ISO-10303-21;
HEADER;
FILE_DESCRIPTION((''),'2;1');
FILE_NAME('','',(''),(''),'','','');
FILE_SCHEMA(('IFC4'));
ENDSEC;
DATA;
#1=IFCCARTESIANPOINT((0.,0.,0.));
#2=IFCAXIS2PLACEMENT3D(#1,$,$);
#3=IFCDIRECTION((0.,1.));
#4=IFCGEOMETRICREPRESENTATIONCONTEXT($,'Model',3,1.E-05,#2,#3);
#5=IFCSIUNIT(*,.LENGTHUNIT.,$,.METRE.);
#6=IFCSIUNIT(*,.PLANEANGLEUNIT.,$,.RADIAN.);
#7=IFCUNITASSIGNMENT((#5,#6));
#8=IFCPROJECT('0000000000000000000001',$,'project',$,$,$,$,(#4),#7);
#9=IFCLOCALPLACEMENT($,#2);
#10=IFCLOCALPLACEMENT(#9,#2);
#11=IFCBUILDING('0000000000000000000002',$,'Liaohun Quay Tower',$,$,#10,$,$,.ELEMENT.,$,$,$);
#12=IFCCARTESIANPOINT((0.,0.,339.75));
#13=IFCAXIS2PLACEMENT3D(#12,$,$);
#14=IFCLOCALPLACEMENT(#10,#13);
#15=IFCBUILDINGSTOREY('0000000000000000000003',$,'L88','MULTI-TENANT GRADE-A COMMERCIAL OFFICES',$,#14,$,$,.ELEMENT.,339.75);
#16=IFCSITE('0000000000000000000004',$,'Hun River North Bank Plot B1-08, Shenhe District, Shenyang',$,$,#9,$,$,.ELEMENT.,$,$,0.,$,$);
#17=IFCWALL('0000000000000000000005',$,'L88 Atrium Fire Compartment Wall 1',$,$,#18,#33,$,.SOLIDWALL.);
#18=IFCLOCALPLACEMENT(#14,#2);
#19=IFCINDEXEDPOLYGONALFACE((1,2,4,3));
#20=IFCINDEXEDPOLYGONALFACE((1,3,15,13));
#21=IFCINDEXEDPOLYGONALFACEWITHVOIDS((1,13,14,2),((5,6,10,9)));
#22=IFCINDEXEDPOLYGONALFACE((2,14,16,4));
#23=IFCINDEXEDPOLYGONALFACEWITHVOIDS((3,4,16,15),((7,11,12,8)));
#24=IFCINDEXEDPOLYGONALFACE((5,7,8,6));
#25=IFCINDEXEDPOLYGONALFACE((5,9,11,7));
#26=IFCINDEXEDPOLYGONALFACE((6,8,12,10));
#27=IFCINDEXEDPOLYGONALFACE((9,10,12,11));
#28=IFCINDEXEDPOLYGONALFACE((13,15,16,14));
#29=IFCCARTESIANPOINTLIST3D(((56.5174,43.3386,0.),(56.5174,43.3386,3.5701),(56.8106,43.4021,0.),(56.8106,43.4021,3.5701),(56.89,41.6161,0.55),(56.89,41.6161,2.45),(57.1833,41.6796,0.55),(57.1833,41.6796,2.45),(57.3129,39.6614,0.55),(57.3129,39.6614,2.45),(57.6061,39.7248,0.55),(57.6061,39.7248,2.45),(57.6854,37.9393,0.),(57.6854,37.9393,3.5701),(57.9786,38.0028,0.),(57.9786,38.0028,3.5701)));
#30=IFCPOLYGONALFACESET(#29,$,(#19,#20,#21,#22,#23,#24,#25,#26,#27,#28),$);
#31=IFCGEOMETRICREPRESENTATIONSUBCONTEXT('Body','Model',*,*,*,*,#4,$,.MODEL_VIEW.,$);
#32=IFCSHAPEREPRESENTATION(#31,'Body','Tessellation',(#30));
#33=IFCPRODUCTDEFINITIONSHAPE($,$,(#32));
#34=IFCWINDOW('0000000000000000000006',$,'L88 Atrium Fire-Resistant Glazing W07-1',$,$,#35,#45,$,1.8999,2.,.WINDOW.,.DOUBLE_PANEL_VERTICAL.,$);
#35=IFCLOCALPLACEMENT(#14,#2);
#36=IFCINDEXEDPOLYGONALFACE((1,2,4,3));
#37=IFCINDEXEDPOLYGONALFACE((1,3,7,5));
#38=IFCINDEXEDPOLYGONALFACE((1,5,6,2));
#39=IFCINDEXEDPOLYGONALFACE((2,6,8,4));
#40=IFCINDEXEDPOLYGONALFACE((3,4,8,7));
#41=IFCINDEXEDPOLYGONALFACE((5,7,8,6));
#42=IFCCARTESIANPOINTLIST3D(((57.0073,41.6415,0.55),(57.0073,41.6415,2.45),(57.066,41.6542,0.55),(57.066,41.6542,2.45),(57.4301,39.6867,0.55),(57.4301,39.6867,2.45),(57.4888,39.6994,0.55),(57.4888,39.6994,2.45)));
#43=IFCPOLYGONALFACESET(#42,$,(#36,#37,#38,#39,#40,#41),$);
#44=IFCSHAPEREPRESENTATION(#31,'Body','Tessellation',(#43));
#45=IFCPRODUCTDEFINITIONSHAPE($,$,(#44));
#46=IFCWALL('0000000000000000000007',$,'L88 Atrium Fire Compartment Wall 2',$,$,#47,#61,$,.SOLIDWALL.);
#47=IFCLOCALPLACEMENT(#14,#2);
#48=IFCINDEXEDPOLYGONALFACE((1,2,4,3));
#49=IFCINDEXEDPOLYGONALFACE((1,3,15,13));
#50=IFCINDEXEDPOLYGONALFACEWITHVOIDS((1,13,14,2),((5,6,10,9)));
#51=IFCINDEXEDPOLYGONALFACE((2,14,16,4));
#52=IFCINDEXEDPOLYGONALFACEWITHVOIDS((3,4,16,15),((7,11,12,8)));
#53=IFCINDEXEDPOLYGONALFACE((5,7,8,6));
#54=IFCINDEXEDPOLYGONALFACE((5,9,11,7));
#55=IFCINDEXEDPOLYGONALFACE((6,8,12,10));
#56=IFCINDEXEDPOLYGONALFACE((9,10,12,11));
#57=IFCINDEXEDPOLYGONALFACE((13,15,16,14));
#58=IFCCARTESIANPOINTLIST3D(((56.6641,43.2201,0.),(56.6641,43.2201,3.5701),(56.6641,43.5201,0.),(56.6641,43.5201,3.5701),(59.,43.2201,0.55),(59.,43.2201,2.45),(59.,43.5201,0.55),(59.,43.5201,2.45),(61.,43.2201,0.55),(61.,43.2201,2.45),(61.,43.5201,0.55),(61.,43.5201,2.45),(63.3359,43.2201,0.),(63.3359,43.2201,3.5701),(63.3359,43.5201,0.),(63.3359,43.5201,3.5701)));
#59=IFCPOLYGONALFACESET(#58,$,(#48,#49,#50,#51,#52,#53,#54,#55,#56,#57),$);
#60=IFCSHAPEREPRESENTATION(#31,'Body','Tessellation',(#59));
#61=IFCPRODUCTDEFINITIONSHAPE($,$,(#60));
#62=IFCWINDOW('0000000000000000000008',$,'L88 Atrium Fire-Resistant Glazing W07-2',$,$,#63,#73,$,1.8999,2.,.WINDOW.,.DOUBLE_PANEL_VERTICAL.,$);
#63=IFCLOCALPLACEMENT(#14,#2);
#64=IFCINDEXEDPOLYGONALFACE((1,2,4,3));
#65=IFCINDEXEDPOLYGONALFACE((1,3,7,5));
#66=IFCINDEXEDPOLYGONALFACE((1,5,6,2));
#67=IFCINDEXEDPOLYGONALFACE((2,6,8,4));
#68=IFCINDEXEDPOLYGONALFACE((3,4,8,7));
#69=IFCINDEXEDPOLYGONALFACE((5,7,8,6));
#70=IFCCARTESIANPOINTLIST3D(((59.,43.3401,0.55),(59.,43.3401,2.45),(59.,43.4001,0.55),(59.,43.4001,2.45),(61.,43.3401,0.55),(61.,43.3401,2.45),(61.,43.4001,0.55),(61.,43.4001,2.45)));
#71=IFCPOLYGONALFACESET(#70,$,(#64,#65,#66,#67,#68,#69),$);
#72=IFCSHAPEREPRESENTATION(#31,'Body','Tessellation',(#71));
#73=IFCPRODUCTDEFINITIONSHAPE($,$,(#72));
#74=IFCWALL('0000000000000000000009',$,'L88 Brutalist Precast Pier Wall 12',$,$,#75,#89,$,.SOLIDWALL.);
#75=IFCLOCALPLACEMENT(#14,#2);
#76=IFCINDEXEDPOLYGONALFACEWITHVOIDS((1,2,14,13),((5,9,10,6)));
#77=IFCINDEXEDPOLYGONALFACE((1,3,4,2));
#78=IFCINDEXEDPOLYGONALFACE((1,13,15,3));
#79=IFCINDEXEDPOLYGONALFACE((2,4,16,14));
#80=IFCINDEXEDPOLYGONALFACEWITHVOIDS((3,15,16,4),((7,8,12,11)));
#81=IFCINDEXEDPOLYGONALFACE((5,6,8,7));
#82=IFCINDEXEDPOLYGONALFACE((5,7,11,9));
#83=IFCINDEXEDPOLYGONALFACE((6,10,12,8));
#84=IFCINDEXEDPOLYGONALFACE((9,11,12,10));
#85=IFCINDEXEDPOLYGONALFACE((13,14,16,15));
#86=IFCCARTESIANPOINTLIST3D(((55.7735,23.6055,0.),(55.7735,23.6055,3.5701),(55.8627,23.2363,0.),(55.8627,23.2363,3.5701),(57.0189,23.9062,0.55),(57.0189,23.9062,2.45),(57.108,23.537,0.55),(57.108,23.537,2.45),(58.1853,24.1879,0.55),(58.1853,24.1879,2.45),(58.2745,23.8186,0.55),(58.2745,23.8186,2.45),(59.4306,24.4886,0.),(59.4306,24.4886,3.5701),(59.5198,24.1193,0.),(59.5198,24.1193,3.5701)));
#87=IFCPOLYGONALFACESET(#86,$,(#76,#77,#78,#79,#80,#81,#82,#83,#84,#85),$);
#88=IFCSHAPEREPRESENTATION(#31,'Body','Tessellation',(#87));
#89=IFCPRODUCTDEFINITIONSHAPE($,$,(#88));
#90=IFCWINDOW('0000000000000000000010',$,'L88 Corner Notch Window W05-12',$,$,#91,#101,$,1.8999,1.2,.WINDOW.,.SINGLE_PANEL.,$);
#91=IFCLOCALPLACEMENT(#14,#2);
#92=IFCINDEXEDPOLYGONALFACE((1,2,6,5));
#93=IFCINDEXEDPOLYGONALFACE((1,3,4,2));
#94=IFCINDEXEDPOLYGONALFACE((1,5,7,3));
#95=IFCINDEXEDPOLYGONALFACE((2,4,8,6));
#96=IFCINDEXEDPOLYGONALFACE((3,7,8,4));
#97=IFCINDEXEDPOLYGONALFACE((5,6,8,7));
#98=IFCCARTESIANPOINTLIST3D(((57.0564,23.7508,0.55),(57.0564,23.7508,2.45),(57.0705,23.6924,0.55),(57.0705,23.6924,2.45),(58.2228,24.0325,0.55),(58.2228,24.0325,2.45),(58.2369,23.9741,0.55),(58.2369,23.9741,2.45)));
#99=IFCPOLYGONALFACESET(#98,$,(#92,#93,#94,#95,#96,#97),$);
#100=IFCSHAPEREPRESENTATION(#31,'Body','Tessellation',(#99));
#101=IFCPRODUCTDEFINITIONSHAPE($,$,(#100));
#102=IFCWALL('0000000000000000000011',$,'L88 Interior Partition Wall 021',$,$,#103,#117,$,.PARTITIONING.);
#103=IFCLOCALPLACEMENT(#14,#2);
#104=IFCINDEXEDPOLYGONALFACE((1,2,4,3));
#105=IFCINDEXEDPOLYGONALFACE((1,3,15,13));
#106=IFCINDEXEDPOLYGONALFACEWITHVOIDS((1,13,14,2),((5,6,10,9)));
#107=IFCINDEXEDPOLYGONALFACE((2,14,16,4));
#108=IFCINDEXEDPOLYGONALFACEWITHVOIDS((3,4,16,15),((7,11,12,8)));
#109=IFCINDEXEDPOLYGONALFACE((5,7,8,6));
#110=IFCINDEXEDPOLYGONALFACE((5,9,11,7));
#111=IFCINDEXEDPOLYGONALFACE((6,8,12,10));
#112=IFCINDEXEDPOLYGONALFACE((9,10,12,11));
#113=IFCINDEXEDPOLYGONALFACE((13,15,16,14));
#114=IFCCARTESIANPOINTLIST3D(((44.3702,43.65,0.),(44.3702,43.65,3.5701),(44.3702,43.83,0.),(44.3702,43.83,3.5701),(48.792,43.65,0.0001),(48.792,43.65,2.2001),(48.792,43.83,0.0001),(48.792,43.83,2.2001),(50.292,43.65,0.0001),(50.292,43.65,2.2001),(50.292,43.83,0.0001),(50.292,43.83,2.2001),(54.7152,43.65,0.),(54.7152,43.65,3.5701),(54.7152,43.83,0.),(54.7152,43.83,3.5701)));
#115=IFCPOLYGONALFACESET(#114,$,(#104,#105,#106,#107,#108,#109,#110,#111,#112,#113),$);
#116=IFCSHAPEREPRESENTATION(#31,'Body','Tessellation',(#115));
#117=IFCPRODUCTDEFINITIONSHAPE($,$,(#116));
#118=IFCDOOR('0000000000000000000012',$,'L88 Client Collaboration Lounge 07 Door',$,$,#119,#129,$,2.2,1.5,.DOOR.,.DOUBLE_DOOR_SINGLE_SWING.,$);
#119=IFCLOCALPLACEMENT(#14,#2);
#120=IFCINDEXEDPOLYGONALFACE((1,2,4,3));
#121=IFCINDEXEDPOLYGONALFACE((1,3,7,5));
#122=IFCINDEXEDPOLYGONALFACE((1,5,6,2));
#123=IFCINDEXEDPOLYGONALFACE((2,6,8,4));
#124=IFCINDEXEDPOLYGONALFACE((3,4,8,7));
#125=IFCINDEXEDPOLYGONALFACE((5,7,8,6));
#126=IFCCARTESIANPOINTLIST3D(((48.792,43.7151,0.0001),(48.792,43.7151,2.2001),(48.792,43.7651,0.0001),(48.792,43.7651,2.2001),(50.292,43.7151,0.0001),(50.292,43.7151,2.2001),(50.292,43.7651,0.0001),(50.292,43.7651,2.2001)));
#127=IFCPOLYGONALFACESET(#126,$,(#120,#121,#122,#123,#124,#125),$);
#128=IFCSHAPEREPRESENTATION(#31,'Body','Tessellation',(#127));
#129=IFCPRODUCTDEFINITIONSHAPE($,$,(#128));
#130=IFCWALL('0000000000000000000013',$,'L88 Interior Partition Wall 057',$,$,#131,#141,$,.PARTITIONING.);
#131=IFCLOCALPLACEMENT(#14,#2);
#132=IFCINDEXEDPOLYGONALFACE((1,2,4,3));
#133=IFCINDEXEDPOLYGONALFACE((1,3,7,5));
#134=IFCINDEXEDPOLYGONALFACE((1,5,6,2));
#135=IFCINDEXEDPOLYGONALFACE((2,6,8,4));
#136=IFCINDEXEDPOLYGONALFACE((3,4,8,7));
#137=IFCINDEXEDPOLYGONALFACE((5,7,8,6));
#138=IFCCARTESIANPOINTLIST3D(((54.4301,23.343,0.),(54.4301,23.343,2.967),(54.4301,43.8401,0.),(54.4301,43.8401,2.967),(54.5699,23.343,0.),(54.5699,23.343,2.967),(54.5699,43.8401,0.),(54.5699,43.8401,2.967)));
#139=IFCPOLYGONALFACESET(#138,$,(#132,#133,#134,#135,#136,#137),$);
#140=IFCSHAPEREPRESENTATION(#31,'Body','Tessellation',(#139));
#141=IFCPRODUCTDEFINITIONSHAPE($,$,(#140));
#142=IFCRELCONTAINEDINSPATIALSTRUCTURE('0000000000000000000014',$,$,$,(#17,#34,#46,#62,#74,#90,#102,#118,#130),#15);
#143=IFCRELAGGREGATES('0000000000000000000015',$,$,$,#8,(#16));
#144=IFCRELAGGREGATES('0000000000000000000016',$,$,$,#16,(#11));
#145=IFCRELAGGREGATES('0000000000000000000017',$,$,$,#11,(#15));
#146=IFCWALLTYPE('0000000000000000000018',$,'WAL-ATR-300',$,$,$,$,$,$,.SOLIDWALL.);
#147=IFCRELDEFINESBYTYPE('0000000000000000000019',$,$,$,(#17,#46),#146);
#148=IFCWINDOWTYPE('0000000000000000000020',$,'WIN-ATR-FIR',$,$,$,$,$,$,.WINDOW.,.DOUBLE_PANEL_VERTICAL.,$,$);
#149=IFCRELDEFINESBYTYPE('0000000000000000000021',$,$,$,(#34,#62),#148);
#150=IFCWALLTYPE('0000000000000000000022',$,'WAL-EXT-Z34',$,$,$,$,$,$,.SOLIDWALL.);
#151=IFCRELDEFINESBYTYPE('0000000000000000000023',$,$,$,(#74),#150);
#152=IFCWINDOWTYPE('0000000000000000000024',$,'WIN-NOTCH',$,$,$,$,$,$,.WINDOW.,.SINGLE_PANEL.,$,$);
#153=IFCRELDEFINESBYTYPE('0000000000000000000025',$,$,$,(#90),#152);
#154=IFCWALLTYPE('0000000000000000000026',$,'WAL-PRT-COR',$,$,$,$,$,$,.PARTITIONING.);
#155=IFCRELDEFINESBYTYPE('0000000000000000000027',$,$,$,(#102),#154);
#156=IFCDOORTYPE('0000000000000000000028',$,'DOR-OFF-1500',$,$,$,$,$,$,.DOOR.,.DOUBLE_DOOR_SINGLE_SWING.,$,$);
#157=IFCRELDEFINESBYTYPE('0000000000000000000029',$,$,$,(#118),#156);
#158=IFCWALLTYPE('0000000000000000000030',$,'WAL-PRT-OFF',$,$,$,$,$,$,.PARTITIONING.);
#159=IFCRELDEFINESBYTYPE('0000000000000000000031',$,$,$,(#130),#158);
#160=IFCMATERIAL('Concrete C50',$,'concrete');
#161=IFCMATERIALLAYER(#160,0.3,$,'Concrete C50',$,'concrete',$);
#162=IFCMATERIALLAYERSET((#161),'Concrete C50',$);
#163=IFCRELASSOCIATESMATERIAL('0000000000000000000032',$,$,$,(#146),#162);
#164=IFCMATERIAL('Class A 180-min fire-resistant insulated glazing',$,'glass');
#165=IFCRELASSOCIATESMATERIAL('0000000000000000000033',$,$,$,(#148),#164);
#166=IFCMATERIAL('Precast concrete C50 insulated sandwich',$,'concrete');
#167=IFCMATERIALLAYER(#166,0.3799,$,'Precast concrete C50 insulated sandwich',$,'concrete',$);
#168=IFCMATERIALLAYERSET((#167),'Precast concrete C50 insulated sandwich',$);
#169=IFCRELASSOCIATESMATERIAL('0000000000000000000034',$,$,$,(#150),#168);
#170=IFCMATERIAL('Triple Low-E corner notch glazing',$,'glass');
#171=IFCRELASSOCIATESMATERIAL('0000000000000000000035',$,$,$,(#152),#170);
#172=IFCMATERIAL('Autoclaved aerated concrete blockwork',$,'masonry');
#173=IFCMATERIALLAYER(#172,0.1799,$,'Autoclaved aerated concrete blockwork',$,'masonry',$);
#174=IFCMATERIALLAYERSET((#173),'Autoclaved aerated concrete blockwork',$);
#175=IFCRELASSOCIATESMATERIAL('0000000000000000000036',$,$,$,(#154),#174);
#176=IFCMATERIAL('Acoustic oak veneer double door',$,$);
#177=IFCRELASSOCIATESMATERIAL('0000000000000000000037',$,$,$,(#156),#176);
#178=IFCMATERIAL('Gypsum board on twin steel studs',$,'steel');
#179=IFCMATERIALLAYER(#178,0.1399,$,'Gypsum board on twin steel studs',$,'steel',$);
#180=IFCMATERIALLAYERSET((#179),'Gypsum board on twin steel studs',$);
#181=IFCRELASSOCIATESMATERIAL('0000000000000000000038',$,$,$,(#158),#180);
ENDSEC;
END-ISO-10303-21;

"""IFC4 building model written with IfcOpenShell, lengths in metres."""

from ifc_helpers import new_model, si_unit, direction, frame, frame_2d, origin, place, context, subcontext, project, spatial, rectangle, extrude, source, transform, mapped, material, layer, layer_set, type_object, element, fill, save


model = new_model("IFC4")

# Units and contexts
model_context = context("Model", 3, precision=1e-05, world=origin(), true_north=direction((0.0, 1.0)))
body_context = subcontext(model_context, "Body", "Model", "MODEL_VIEW")
ifc_project = project(units=[si_unit("LENGTHUNIT", "METRE"), si_unit("PLANEANGLEUNIT", "RADIAN")], contexts=[model_context])

# Site, building, storey
site_placement = place(None, origin())
site = spatial("IfcSite", under=ifc_project, at=site_placement, Name="Hun River North Bank Plot B1-08, Shenhe District, Shenyang", CompositionType="ELEMENT", RefElevation=0.0)
building_placement = place(site_placement, origin())
building = spatial("IfcBuilding", under=site, at=building_placement, Name="Liaohun Quay Tower", CompositionType="ELEMENT")
storey_placement = place(building_placement, frame((0.0, 0.0, 339.75)))
storey = spatial("IfcBuildingStorey", under=building, at=storey_placement, Name="L88", Description="MULTI-TENANT GRADE-A COMMERCIAL OFFICES", CompositionType="ELEMENT", Elevation=339.75)

# Shared definitions
ifc_material_1 = material(Name="Concrete C50", Category="concrete")

# Walls, openings, windows
ifc_layer_1 = layer(ifc_material_1, 0.3, Name="Concrete C50", Category="concrete")
ifc_layer_set_1 = layer_set([ifc_layer_1], Name="Concrete C50")
wall_type_1 = type_object("IfcWallType", Name="WAL-ATR-300", PredefinedType="SOLIDWALL", material=ifc_layer_set_1)
wall_1_placement = place(storey_placement, frame((57.832, 37.9709, 0.0), z_axis=(0.0, 0.0, 1.0), x_axis=(-0.211433, 0.977392, 0.0)))
wall_1 = element("IfcWall", 1, at=wall_1_placement, inside=storey, type_object=wall_type_1, Name="L88 Atrium Fire Compartment Wall 1", PredefinedType="SOLIDWALL", context=body_context, shape_type="SweptSolid", body=[
    extrude(rectangle(XDim=5.5242, YDim=0.3, at=frame_2d((2.7622, 0.0))), origin(), (0.0, 0.0, 1.0), 3.5701),
])
shared_shape_1 = source(origin(), body_context, "Body", "SweptSolid", [
    extrude(rectangle(XDim=2.0, YDim=1.8999, at=frame_2d((1.0, 0.95))), frame((0.0, 0.1599, 0.0), z_axis=(0.0, -1.0, 0.0), x_axis=(1.0, 0.0, 0.0)), (0.0, 0.0, 1.0), 0.3201),
])
opening_1_placement = place(wall_1_placement, frame((1.762, 0.0, 0.55)))
opening_1 = element("IfcOpeningElement", 2, at=opening_1_placement, cuts=wall_1, PredefinedType="OPENING", context=body_context, shape_type="MappedRepresentation", body=[
    mapped(shared_shape_1, transform((0.0, 0.0, 0.0), x_axis=(1.0, 0.0, 0.0), y_axis=(0.0, 1.0, 0.0), z_axis=(0.0, 0.0, 1.0), scale=1.0)),
])
ifc_material_2 = material(Name="Class A 180-min fire-resistant insulated glazing", Category="glass")
window_type_1 = type_object("IfcWindowType", Name="WIN-ATR-FIR", PartitioningType="DOUBLE_PANEL_VERTICAL", PredefinedType="WINDOW", material=ifc_material_2)
shared_shape_2 = source(origin(), body_context, "Body", "SweptSolid", [
    extrude(rectangle(XDim=2.0, YDim=1.8999, at=frame_2d((1.0, 0.95))), frame((0.0, 0.03, 0.0), z_axis=(0.0, -1.0, 0.0), x_axis=(1.0, 0.0, 0.0)), (0.0, 0.0, 1.0), 0.0601),
])
window_1_placement = place(opening_1_placement, origin())
window_1 = element("IfcWindow", 3, at=window_1_placement, inside=storey, type_object=window_type_1, Name="L88 Atrium Fire-Resistant Glazing W07-1", OverallHeight=1.8999, OverallWidth=2.0, PartitioningType="DOUBLE_PANEL_VERTICAL", PredefinedType="WINDOW", context=body_context, shape_type="MappedRepresentation", body=[
    mapped(shared_shape_2, transform((0.0, 0.0, 0.0), x_axis=(1.0, 0.0, 0.0), y_axis=(0.0, 1.0, 0.0), z_axis=(0.0, 0.0, 1.0), scale=1.0)),
])
fill(opening_1, window_1)
wall_2_placement = place(storey_placement, frame((56.6641, 43.3701, 0.0), z_axis=(0.0, 0.0, 1.0), x_axis=(1.0, 0.0, 0.0)))
wall_2 = element("IfcWall", 4, at=wall_2_placement, inside=storey, type_object=wall_type_1, Name="L88 Atrium Fire Compartment Wall 2", PredefinedType="SOLIDWALL", context=body_context, shape_type="SweptSolid", body=[
    extrude(rectangle(XDim=6.6719, YDim=0.3, at=frame_2d((3.3359, 0.0))), origin(), (0.0, 0.0, 1.0), 3.5701),
])
opening_2_placement = place(wall_2_placement, frame((2.3359, 0.0, 0.55)))
opening_2 = element("IfcOpeningElement", 5, at=opening_2_placement, cuts=wall_2, PredefinedType="OPENING", context=body_context, shape_type="MappedRepresentation", body=[
    mapped(shared_shape_1, transform((0.0, 0.0, 0.0), x_axis=(1.0, 0.0, 0.0), y_axis=(0.0, 1.0, 0.0), z_axis=(0.0, 0.0, 1.0), scale=1.0)),
])
window_2_placement = place(opening_2_placement, origin())
window_2 = element("IfcWindow", 6, at=window_2_placement, inside=storey, type_object=window_type_1, Name="L88 Atrium Fire-Resistant Glazing W07-2", OverallHeight=1.8999, OverallWidth=2.0, PartitioningType="DOUBLE_PANEL_VERTICAL", PredefinedType="WINDOW", context=body_context, shape_type="MappedRepresentation", body=[
    mapped(shared_shape_2, transform((0.0, 0.0, 0.0), x_axis=(1.0, 0.0, 0.0), y_axis=(0.0, 1.0, 0.0), z_axis=(0.0, 0.0, 1.0), scale=1.0)),
])
fill(opening_2, window_2)
ifc_material_3 = material(Name="Precast concrete C50 insulated sandwich", Category="concrete")
ifc_layer_2 = layer(ifc_material_3, 0.3799, Name="Precast concrete C50 insulated sandwich", Category="concrete")
ifc_layer_set_2 = layer_set([ifc_layer_2], Name="Precast concrete C50 insulated sandwich")
wall_type_2 = type_object("IfcWallType", Name="WAL-EXT-Z34", PredefinedType="SOLIDWALL", material=ifc_layer_set_2)
wall_3_placement = place(storey_placement, frame((55.8181, 23.4209, 0.0), z_axis=(0.0, 0.0, 1.0), x_axis=(0.972062, 0.234725, 0.0)))
wall_3 = element("IfcWall", 7, at=wall_3_placement, inside=storey, type_object=wall_type_2, Name="L88 Brutalist Precast Pier Wall 12", PredefinedType="SOLIDWALL", context=body_context, shape_type="SweptSolid", body=[
    extrude(rectangle(XDim=3.7622, YDim=0.3799, at=frame_2d((1.8811, 0.0))), origin(), (0.0, 0.0, 1.0), 3.5701),
])
shared_shape_3 = source(origin(), body_context, "Body", "SweptSolid", [
    extrude(rectangle(XDim=1.2, YDim=1.8999, at=frame_2d((0.6001, 0.95))), frame((0.0, 0.2, 0.0), z_axis=(0.0, -1.0, 0.0), x_axis=(1.0, 0.0, 0.0)), (0.0, 0.0, 1.0), 0.3999),
])
opening_3_placement = place(wall_3_placement, frame((1.281, 0.0, 0.55)))
opening_3 = element("IfcOpeningElement", 8, at=opening_3_placement, cuts=wall_3, PredefinedType="OPENING", context=body_context, shape_type="MappedRepresentation", body=[
    mapped(shared_shape_3, transform((0.0, 0.0, 0.0), x_axis=(1.0, 0.0, 0.0), y_axis=(0.0, 1.0, 0.0), z_axis=(0.0, 0.0, 1.0), scale=1.0)),
])
ifc_material_4 = material(Name="Triple Low-E corner notch glazing", Category="glass")
window_type_2 = type_object("IfcWindowType", Name="WIN-NOTCH", PartitioningType="SINGLE_PANEL", PredefinedType="WINDOW", material=ifc_material_4)
shared_shape_4 = source(origin(), body_context, "Body", "SweptSolid", [
    extrude(rectangle(XDim=1.2, YDim=1.8999, at=frame_2d((0.6001, 0.95))), frame((0.0, 0.03, 0.0), z_axis=(0.0, -1.0, 0.0), x_axis=(1.0, 0.0, 0.0)), (0.0, 0.0, 1.0), 0.0601),
])
window_3_placement = place(opening_3_placement, origin())
window_3 = element("IfcWindow", 9, at=window_3_placement, inside=storey, type_object=window_type_2, Name="L88 Corner Notch Window W05-12", OverallHeight=1.8999, OverallWidth=1.2, PartitioningType="SINGLE_PANEL", PredefinedType="WINDOW", context=body_context, shape_type="MappedRepresentation", body=[
    mapped(shared_shape_4, transform((0.0, 0.0, 0.0), x_axis=(1.0, 0.0, 0.0), y_axis=(0.0, 1.0, 0.0), z_axis=(0.0, 0.0, 1.0), scale=1.0)),
])
fill(opening_3, window_3)

# Wall, opening, door
ifc_material_5 = material(Name="Autoclaved aerated concrete blockwork", Category="masonry")
ifc_layer_3 = layer(ifc_material_5, 0.1799, Name="Autoclaved aerated concrete blockwork", Category="masonry")
ifc_layer_set_3 = layer_set([ifc_layer_3], Name="Autoclaved aerated concrete blockwork")
wall_type_3 = type_object("IfcWallType", Name="WAL-PRT-COR", PredefinedType="PARTITIONING", material=ifc_layer_set_3)
wall_4_placement = place(storey_placement, frame((54.7151, 43.74, 0.0), z_axis=(0.0, 0.0, 1.0), x_axis=(-1.0, 0.0, 0.0)))
wall_4 = element("IfcWall", 10, at=wall_4_placement, inside=storey, type_object=wall_type_3, Name="L88 Interior Partition Wall 021", PredefinedType="PARTITIONING", context=body_context, shape_type="SweptSolid", body=[
    extrude(rectangle(XDim=10.345, YDim=0.1799, at=frame_2d((5.1724, 0.0))), origin(), (0.0, 0.0, 1.0), 3.5701),
])
shared_shape_5 = source(origin(), body_context, "Body", "SweptSolid", [
    extrude(rectangle(XDim=1.5, YDim=2.2, at=frame_2d((0.75, 1.1001))), frame((0.0, 0.0999, 0.0), z_axis=(0.0, -1.0, 0.0), x_axis=(1.0, 0.0, 0.0)), (0.0, 0.0, 1.0), 0.2),
])
opening_4_placement = place(wall_4_placement, frame((4.4231, 0.0, 0.0)))
opening_4 = element("IfcOpeningElement", 11, at=opening_4_placement, cuts=wall_4, PredefinedType="OPENING", context=body_context, shape_type="MappedRepresentation", body=[
    mapped(shared_shape_5, transform((0.0, 0.0, 0.0), x_axis=(1.0, 0.0, 0.0), y_axis=(0.0, 1.0, 0.0), z_axis=(0.0, 0.0, 1.0), scale=1.0)),
])
ifc_material_6 = material(Name="Acoustic oak veneer double door")
door_type = type_object("IfcDoorType", Name="DOR-OFF-1500", OperationType="DOUBLE_DOOR_SINGLE_SWING", PredefinedType="DOOR", material=ifc_material_6)
shared_shape_6 = source(origin(), body_context, "Body", "SweptSolid", [
    extrude(rectangle(XDim=1.5, YDim=2.2, at=frame_2d((0.75, 1.1001))), frame((0.0, 0.0249, 0.0), z_axis=(0.0, -1.0, 0.0), x_axis=(1.0, 0.0, 0.0)), (0.0, 0.0, 1.0), 0.05),
])
door_placement = place(opening_4_placement, origin())
door = element("IfcDoor", 12, at=door_placement, inside=storey, type_object=door_type, Name="L88 Client Collaboration Lounge 07 Door", OperationType="DOUBLE_DOOR_SINGLE_SWING", OverallHeight=2.2, OverallWidth=1.5, PredefinedType="DOOR", context=body_context, shape_type="MappedRepresentation", body=[
    mapped(shared_shape_6, transform((0.0, 0.0, 0.0), x_axis=(1.0, 0.0, 0.0), y_axis=(0.0, 1.0, 0.0), z_axis=(0.0, 0.0, 1.0), scale=1.0)),
])
fill(opening_4, door)

# Wall
ifc_material_7 = material(Name="Gypsum board on twin steel studs", Category="steel")
ifc_layer_4 = layer(ifc_material_7, 0.1399, Name="Gypsum board on twin steel studs", Category="steel")
ifc_layer_set_4 = layer_set([ifc_layer_4], Name="Gypsum board on twin steel studs")
wall_type_4 = type_object("IfcWallType", Name="WAL-PRT-OFF", PredefinedType="PARTITIONING", material=ifc_layer_set_4)
wall_5_placement = place(storey_placement, frame((54.5, 43.8401, 0.0), z_axis=(0.0, 0.0, 1.0), x_axis=(0.0, -1.0, 0.0)))
element("IfcWall", 13, at=wall_5_placement, inside=storey, type_object=wall_type_4, Name="L88 Interior Partition Wall 057", PredefinedType="PARTITIONING", context=body_context, shape_type="SweptSolid", body=[
    extrude(rectangle(XDim=20.4971, YDim=0.1399, at=frame_2d((10.2485, 0.0))), origin(), (0.0, 0.0, 1.0), 2.967),
])

save(model, "model.ifc")
